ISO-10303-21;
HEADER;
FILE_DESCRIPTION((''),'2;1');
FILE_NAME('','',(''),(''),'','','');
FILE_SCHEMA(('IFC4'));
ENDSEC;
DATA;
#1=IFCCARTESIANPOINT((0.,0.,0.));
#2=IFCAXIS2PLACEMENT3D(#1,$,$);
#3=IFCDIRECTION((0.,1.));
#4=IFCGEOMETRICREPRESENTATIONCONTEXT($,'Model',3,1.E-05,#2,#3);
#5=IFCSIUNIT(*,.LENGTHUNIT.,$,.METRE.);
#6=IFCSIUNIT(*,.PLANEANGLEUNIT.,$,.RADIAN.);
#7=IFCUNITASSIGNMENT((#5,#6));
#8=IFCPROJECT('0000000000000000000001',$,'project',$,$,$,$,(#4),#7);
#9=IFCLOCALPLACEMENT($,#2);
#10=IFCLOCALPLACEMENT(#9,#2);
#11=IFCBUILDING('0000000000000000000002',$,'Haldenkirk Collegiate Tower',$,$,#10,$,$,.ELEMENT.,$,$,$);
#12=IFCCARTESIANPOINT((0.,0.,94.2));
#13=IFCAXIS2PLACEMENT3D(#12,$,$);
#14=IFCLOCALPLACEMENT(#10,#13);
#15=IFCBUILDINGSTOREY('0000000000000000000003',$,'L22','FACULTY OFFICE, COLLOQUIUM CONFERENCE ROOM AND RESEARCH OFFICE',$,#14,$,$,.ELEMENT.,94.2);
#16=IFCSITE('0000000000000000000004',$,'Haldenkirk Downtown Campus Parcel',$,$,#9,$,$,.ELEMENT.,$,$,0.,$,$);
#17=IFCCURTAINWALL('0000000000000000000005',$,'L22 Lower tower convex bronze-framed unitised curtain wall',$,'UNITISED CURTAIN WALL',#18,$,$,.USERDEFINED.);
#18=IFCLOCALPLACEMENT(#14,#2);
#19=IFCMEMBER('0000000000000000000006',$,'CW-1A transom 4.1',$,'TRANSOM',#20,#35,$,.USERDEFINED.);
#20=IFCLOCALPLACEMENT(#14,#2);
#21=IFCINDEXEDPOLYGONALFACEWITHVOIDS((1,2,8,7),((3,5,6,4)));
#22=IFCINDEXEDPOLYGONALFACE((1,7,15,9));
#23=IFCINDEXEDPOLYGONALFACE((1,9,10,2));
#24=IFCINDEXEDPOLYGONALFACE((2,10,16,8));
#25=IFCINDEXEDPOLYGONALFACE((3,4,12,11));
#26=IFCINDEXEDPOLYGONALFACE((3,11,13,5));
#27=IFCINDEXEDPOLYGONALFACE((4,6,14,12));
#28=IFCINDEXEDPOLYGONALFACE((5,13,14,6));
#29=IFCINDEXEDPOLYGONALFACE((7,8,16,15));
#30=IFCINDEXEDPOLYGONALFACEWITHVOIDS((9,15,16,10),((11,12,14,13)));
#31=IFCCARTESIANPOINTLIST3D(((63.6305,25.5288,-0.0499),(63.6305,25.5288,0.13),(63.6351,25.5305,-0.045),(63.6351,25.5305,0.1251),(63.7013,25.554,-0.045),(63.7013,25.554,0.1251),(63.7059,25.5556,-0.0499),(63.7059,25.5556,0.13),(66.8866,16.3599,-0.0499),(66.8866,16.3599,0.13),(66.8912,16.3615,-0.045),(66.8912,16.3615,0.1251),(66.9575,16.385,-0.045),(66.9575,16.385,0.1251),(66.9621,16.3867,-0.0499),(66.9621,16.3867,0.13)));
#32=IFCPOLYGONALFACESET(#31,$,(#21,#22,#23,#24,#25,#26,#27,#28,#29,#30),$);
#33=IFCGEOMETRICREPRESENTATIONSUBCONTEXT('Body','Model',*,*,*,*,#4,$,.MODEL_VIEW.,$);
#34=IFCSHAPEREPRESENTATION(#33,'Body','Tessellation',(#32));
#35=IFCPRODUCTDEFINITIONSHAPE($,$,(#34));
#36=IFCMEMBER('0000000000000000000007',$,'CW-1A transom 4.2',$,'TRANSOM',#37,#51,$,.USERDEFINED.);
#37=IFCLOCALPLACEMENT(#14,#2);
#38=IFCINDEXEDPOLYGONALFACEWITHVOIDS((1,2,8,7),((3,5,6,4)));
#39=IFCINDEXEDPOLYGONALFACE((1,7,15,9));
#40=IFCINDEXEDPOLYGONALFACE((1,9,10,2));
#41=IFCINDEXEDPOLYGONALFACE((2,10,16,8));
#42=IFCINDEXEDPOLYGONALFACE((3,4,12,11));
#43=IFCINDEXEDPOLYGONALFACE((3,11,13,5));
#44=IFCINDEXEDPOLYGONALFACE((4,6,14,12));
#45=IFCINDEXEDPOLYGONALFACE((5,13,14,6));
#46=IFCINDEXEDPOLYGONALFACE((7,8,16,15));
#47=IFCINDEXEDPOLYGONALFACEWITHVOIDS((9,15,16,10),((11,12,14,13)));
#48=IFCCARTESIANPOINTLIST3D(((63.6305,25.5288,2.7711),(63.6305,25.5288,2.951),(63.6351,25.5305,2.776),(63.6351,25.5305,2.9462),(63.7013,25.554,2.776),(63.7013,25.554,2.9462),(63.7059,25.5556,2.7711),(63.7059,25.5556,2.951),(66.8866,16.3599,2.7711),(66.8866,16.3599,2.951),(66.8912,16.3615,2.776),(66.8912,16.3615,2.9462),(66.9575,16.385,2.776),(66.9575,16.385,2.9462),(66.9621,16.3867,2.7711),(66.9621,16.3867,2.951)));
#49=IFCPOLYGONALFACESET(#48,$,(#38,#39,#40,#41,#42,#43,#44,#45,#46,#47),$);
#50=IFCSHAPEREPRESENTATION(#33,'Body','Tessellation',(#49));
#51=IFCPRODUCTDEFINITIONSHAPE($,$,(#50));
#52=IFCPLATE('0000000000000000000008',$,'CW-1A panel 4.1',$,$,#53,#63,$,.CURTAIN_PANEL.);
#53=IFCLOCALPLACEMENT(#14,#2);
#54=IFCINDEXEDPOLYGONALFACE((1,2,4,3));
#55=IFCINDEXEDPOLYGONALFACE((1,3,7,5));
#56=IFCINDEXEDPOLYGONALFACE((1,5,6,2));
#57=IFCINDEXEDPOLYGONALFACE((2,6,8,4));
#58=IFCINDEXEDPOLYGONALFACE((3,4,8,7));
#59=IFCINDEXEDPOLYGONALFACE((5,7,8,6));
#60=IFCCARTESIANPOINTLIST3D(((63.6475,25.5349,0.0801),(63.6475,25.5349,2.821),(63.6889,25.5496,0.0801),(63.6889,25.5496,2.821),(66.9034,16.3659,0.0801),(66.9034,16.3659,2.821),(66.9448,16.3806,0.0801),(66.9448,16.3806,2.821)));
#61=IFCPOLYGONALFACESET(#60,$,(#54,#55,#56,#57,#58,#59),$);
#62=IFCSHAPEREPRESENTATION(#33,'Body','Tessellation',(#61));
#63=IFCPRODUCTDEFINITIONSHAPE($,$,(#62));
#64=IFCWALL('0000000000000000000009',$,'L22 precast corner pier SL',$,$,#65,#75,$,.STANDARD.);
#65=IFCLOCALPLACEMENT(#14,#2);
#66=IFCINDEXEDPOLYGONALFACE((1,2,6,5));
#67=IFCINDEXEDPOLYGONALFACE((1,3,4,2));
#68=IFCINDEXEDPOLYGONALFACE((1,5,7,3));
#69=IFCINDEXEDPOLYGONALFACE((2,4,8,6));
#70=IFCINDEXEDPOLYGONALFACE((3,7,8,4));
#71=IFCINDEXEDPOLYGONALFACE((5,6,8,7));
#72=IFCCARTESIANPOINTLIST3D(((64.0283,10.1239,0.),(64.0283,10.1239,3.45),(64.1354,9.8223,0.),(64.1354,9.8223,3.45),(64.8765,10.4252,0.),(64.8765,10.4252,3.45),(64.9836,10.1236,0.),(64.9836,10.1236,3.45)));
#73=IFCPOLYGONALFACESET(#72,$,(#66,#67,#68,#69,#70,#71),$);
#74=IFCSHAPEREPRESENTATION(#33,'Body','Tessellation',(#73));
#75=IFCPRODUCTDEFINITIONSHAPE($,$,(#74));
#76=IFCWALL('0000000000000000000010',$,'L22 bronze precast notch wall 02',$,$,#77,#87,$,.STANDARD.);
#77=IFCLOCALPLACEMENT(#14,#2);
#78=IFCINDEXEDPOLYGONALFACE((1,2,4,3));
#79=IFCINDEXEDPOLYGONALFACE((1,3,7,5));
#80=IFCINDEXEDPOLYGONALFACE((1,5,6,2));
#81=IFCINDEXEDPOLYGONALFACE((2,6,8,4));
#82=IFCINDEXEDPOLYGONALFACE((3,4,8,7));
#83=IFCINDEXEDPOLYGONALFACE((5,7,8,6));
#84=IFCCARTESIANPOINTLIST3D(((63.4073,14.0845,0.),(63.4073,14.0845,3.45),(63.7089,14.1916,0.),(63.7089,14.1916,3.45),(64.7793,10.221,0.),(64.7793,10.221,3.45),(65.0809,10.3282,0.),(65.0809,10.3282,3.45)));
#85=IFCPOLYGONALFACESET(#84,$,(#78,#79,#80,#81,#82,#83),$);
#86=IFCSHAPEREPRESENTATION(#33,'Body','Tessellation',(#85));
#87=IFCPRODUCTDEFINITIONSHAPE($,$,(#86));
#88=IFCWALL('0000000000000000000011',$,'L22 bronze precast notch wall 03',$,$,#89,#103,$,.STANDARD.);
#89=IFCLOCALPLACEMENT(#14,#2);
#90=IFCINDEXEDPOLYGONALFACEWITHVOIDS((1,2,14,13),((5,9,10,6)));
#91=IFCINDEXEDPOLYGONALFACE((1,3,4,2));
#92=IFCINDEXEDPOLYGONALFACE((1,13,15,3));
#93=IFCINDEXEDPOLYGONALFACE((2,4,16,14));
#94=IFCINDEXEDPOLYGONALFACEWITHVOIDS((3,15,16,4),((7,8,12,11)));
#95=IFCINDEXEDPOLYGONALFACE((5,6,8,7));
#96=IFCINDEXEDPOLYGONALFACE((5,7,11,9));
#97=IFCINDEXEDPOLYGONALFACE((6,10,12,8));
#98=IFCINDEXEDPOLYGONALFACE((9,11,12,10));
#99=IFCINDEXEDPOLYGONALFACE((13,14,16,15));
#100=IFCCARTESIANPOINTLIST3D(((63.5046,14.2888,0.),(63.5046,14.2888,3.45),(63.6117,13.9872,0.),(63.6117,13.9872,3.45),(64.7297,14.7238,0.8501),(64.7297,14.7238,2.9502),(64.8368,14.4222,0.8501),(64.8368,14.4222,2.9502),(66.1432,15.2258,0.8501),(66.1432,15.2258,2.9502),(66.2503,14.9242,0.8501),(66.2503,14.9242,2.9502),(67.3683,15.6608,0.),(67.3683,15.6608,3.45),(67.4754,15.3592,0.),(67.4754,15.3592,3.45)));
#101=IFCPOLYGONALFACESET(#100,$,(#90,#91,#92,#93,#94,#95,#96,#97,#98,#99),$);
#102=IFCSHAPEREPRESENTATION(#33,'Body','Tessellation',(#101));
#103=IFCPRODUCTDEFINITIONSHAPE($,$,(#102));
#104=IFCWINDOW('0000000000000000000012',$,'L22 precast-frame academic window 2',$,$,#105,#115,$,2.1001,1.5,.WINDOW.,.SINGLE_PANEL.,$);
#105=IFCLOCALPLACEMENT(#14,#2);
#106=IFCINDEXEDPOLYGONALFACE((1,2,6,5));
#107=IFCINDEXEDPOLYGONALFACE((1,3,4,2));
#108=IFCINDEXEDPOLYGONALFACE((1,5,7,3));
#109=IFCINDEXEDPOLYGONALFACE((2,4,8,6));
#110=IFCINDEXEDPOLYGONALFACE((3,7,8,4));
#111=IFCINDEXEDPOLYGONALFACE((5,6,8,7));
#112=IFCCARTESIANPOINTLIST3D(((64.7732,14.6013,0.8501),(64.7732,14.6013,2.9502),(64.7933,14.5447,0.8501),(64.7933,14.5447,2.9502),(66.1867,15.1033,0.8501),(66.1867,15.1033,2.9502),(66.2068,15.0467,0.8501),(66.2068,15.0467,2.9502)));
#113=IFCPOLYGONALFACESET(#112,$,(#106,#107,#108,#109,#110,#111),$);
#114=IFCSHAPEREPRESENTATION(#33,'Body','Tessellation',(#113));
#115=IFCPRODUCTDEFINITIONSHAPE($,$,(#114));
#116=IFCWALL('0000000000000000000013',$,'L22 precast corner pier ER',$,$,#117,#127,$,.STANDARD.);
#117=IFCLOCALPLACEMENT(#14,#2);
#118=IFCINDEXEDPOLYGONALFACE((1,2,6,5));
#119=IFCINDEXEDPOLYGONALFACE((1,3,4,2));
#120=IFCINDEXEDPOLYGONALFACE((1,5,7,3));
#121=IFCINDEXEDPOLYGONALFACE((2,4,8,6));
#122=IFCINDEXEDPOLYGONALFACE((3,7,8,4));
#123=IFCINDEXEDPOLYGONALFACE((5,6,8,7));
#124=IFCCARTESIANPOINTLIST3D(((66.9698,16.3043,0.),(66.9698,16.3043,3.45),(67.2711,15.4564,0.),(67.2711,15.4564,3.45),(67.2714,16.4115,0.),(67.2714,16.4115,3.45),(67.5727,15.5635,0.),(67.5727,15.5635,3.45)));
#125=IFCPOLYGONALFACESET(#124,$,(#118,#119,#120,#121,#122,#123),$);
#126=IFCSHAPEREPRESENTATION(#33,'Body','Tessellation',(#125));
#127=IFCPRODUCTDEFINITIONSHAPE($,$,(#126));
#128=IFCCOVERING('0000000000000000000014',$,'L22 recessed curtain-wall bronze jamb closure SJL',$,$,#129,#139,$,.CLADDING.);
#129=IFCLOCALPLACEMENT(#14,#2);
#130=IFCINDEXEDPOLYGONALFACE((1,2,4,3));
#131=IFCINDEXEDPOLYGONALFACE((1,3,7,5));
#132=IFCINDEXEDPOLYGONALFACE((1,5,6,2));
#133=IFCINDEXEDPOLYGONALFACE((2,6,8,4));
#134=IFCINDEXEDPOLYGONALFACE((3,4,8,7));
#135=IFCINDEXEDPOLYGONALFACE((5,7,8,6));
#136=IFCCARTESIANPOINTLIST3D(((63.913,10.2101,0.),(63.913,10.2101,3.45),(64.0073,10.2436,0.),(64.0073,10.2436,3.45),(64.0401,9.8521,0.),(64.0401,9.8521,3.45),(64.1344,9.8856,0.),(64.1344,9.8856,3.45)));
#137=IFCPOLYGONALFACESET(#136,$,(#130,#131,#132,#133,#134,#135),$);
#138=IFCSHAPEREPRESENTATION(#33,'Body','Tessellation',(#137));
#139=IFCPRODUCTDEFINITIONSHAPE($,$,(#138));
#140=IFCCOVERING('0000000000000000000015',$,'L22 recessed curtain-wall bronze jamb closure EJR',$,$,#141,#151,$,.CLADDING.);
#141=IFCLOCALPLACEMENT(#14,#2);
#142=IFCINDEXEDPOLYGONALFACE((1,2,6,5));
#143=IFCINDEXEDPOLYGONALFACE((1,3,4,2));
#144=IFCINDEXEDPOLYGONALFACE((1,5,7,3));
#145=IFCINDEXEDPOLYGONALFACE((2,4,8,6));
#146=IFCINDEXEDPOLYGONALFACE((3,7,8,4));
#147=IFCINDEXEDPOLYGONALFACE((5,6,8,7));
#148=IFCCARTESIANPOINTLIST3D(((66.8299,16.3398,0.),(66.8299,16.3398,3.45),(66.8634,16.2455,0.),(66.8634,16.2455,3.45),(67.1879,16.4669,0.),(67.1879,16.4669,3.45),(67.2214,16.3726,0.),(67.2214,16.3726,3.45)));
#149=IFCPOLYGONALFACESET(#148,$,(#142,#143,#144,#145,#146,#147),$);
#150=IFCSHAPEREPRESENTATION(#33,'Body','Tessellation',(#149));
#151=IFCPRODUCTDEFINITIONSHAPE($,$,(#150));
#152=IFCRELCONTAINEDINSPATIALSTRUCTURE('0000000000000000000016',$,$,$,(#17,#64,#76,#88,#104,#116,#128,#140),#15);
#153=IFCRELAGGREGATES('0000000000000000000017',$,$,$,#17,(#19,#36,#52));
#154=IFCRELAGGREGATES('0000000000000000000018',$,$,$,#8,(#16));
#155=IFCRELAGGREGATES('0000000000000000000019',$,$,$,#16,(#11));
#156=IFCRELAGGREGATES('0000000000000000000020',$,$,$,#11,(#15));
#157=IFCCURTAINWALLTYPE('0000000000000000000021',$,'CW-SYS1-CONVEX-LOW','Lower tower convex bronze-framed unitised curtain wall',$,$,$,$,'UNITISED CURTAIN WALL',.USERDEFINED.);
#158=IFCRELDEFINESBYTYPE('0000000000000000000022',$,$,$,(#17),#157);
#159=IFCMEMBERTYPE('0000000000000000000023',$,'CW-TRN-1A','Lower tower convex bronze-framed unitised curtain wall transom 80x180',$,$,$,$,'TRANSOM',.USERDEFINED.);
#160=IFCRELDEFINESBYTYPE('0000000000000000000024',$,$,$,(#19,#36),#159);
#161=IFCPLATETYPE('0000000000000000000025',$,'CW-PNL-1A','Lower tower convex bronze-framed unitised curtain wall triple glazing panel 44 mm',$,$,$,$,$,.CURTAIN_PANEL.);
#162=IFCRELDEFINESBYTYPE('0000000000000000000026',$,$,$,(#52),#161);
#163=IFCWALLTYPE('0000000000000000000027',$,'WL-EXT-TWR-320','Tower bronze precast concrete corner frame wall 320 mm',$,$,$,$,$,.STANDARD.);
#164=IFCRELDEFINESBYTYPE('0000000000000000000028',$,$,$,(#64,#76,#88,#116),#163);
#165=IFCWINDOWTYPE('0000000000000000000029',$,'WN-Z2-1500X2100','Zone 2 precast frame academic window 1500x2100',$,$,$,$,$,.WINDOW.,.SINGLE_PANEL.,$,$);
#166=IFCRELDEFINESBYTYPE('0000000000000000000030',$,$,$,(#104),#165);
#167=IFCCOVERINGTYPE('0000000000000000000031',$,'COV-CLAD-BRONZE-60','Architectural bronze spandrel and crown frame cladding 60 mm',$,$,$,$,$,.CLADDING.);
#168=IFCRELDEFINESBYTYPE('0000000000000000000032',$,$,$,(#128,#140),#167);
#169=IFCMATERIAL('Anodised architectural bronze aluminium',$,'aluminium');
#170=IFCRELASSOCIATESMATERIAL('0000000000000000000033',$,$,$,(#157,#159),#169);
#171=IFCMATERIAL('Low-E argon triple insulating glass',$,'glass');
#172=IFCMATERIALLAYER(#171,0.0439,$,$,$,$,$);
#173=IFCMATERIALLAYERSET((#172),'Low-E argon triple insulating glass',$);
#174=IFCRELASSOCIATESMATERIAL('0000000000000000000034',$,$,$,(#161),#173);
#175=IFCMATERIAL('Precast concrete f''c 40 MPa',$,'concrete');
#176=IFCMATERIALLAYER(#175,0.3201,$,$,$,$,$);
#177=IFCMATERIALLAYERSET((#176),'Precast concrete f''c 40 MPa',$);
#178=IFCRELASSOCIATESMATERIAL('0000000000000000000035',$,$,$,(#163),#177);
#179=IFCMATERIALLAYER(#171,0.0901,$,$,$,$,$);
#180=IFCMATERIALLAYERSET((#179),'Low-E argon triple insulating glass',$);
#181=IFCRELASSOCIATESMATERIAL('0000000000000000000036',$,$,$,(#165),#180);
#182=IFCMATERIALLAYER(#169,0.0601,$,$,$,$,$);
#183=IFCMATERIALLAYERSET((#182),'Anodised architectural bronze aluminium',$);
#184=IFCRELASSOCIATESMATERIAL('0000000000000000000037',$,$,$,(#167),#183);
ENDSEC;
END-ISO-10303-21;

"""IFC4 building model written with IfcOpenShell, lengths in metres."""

from ifc_helpers import new_model, si_unit, direction, frame, frame_2d, origin, origin_2d, place, context, subcontext, project, spatial, rectangle, hollow_rectangle, extrude, source, transform, mapped, material, layer, layer_set, material_profile, profile_set, type_object, element, fill, aggregate, save


model = new_model("IFC4")

# Units and contexts
model_context = context("Model", 3, precision=1e-05, world=origin(), true_north=direction((0.0, 1.0)))
body_context = subcontext(model_context, "Body", "Model", "MODEL_VIEW")
ifc_project = project(units=[si_unit("LENGTHUNIT", "METRE"), si_unit("PLANEANGLEUNIT", "RADIAN")], contexts=[model_context])

# Site, building, storey
site_placement = place(None, origin())
site = spatial("IfcSite", under=ifc_project, at=site_placement, Name="Haldenkirk Downtown Campus Parcel", CompositionType="ELEMENT", RefElevation=0.0)
building_placement = place(site_placement, origin())
building = spatial("IfcBuilding", under=site, at=building_placement, Name="Haldenkirk Collegiate Tower", CompositionType="ELEMENT")
storey_placement = place(building_placement, frame((0.0, 0.0, 94.2)))
storey = spatial("IfcBuildingStorey", under=building, at=storey_placement, Name="L22", Description="FACULTY OFFICE, COLLOQUIUM CONFERENCE ROOM AND RESEARCH OFFICE", CompositionType="ELEMENT", Elevation=94.2)

# Curtain wall
ifc_material_1 = material(Name="Anodised architectural bronze aluminium", Category="aluminium")
curtain_wall_type_1 = type_object("IfcCurtainWallType", Name="CW-SYS1-CONVEX-LOW", Description="Lower tower convex bronze-framed unitised curtain wall", ElementType="UNITISED CURTAIN WALL", PredefinedType="USERDEFINED", material=ifc_material_1)
curtain_wall_1_placement = place(storey_placement, origin())
curtain_wall_1 = element("IfcCurtainWall", 1, at=curtain_wall_1_placement, inside=storey, type_object=curtain_wall_type_1, Name="L22 Lower tower convex bronze-framed unitised curtain wall", ObjectType="UNITISED CURTAIN WALL", PredefinedType="USERDEFINED")

# Members
ifc_material_profile_1 = material_profile(ifc_material_1, hollow_rectangle(XDim=0.0801, YDim=0.1799, WallThickness=0.0049, at=origin_2d()), Name="CW-TRN-1A")
ifc_profile_set_1 = profile_set([ifc_material_profile_1], Name="Anodised architectural bronze aluminium")
member_type_1 = type_object("IfcMemberType", Name="CW-TRN-1A", Description="Lower tower convex bronze-framed unitised curtain wall transom 80x180", ElementType="TRANSOM", PredefinedType="USERDEFINED", material=ifc_profile_set_1)
member_1_placement = place(storey_placement, frame((63.6682, 25.5422, 0.04), z_axis=(0.334648, -0.942343, 0.0), x_axis=(0.942343, 0.334648, 0.0)))
member_1 = element("IfcMember", 2, at=member_1_placement, type_object=member_type_1, Name="CW-1A transom 4.1", ObjectType="TRANSOM", PredefinedType="USERDEFINED", context=body_context, shape_type="SweptSolid", body=[
    extrude(hollow_rectangle(XDim=0.0801, YDim=0.1799, WallThickness=0.0049, at=origin_2d()), origin(), (0.0, 0.0, 1.0), 9.73),
])
member_2_placement = place(storey_placement, frame((63.6682, 25.5422, 2.8611), z_axis=(0.334648, -0.942343, 0.0), x_axis=(0.942343, 0.334648, 0.0)))
member_2 = element("IfcMember", 3, at=member_2_placement, type_object=member_type_1, Name="CW-1A transom 4.2", ObjectType="TRANSOM", PredefinedType="USERDEFINED", context=body_context, shape_type="SweptSolid", body=[
    extrude(hollow_rectangle(XDim=0.0801, YDim=0.1799, WallThickness=0.0049, at=origin_2d()), origin(), (0.0, 0.0, 1.0), 9.73),
])

# Plate
ifc_material_2 = material(Name="Low-E argon triple insulating glass", Category="glass")
ifc_layer_1 = layer(ifc_material_2, 0.0439)
ifc_layer_set_1 = layer_set([ifc_layer_1], Name="Low-E argon triple insulating glass")
plate_type = type_object("IfcPlateType", Name="CW-PNL-1A", Description="Lower tower convex bronze-framed unitised curtain wall triple glazing panel 44 mm", PredefinedType="CURTAIN_PANEL", material=ifc_layer_set_1)
shared_shape_1 = source(origin(), body_context, "Body", "SweptSolid", [
    extrude(rectangle(XDim=9.73, YDim=0.0439, at=origin_2d()), origin(), (0.0, 0.0, 1.0), 2.741),
])
plate_placement = place(storey_placement, frame((65.2961, 20.9578, 0.0801), z_axis=(0.0, 0.0, 1.0), x_axis=(0.334629, -0.94235, 0.0)))
plate = element("IfcPlate", 4, at=plate_placement, type_object=plate_type, Name="CW-1A panel 4.1", PredefinedType="CURTAIN_PANEL", context=body_context, shape_type="MappedRepresentation", body=[
    mapped(shared_shape_1, transform((0.0, 0.0, 0.0), x_axis=(1.0, 0.0, 0.0), y_axis=(0.0, 1.0, 0.0), z_axis=(0.0, 0.0, 1.0), scale=1.0)),
])
aggregate(curtain_wall_1, [member_1, member_2, plate])

# Walls
ifc_material_3 = material(Name="Precast concrete f'c 40 MPa", Category="concrete")
ifc_layer_2 = layer(ifc_material_3, 0.3201)
ifc_layer_set_2 = layer_set([ifc_layer_2], Name="Precast concrete f'c 40 MPa")
wall_type = type_object("IfcWallType", Name="WL-EXT-TWR-320", Description="Tower bronze precast concrete corner frame wall 320 mm", PredefinedType="STANDARD", material=ifc_layer_set_2)
wall_1_placement = place(storey_placement, frame((64.9302, 10.2744, 0.0), z_axis=(0.0, 0.0, 1.0), x_axis=(-0.942317, -0.334721, 0.0)))
element("IfcWall", 5, at=wall_1_placement, inside=storey, type_object=wall_type, Name="L22 precast corner pier SL", PredefinedType="STANDARD", context=body_context, shape_type="SweptSolid", body=[
    extrude(rectangle(XDim=0.9001, YDim=0.3201, at=frame_2d((0.4502, 0.0))), origin(), (0.0, 0.0, 1.0), 3.45),
])
wall_2_placement = place(storey_placement, frame((63.5581, 14.1379, 0.0), z_axis=(0.0, 0.0, 1.0), x_axis=(0.334657, -0.94234, 0.0)))
element("IfcWall", 6, at=wall_2_placement, inside=storey, type_object=wall_type, Name="L22 bronze precast notch wall 02", PredefinedType="STANDARD", context=body_context, shape_type="SweptSolid", body=[
    extrude(rectangle(XDim=4.0999, YDim=0.3201, at=frame_2d((2.0498, 0.0))), origin(), (0.0, 0.0, 1.0), 3.45),
])

# Wall, opening, window
wall_3_placement = place(storey_placement, frame((67.4219, 15.51, 0.0), z_axis=(0.0, 0.0, 1.0), x_axis=(-0.942347, -0.334638, 0.0)))
wall_3 = element("IfcWall", 7, at=wall_3_placement, inside=storey, type_object=wall_type, Name="L22 bronze precast notch wall 03", PredefinedType="STANDARD", context=body_context, shape_type="SweptSolid", body=[
    extrude(rectangle(XDim=4.1001, YDim=0.3201, at=frame_2d((2.05, 0.0))), origin(), (0.0, 0.0, 1.0), 3.45),
])
opening_placement = place(wall_3_placement, frame((1.3, 0.0, 0.8501)))
opening = element("IfcOpeningElement", 8, at=opening_placement, cuts=wall_3, PredefinedType="OPENING", context=body_context, shape_type="SweptSolid", body=[
    extrude(rectangle(XDim=1.5, YDim=2.1001, at=frame_2d((0.75, 1.05))), frame((0.0, 0.1699, 0.0), z_axis=(0.0, -1.0, 0.0), x_axis=(1.0, 0.0, 0.0)), (0.0, 0.0, 1.0), 0.3401),
])
ifc_layer_3 = layer(ifc_material_2, 0.0901)
ifc_layer_set_3 = layer_set([ifc_layer_3], Name="Low-E argon triple insulating glass")
window_type = type_object("IfcWindowType", Name="WN-Z2-1500X2100", Description="Zone 2 precast frame academic window 1500x2100", PartitioningType="SINGLE_PANEL", PredefinedType="WINDOW", material=ifc_layer_set_3)
window_placement = place(opening_placement, origin())
window = element("IfcWindow", 9, at=window_placement, inside=storey, type_object=window_type, Name="L22 precast-frame academic window 2", OverallHeight=2.1001, OverallWidth=1.5, PartitioningType="SINGLE_PANEL", PredefinedType="WINDOW", context=body_context, shape_type="SweptSolid", body=[
    extrude(rectangle(XDim=1.5, YDim=2.1001, at=frame_2d((0.75, 1.05))), frame((0.0, 0.03, 0.0), z_axis=(0.0, -1.0, 0.0), x_axis=(1.0, 0.0, 0.0)), (0.0, 0.0, 1.0), 0.0601),
])
fill(opening, window)

# Wall
wall_4_placement = place(storey_placement, frame((67.1206, 16.3579, 0.0), z_axis=(0.0, 0.0, 1.0), x_axis=(0.334806, -0.942287, 0.0)))
element("IfcWall", 10, at=wall_4_placement, inside=storey, type_object=wall_type, Name="L22 precast corner pier ER", PredefinedType="STANDARD", context=body_context, shape_type="SweptSolid", body=[
    extrude(rectangle(XDim=0.8999, YDim=0.3201, at=frame_2d((0.45, 0.0))), origin(), (0.0, 0.0, 1.0), 3.45),
])

# Coverings
ifc_layer_4 = layer(ifc_material_1, 0.0601)
ifc_layer_set_4 = layer_set([ifc_layer_4], Name="Anodised architectural bronze aluminium")
covering_type = type_object("IfcCoveringType", Name="COV-CLAD-BRONZE-60", Description="Architectural bronze spandrel and crown frame cladding 60 mm", PredefinedType="CLADDING", material=ifc_layer_set_4)
shared_shape_2 = source(origin(), body_context, "Body", "SweptSolid", [
    extrude(rectangle(XDim=0.1001, YDim=0.3799, at=origin_2d()), origin(), (0.0, 0.0, 1.0), 3.45),
])
for number, where, z_axis, x_axis, name in (
    (11, (64.0237, 10.0479, 0.0), (0.0, 0.0, 1.0), (-0.94235, -0.334629, 0.0), "L22 recessed curtain-wall bronze jamb closure SJL"),
    (12, (67.0256, 16.3562, 0.0), (0.0, 0.0, 1.0), (0.334629, -0.94235, 0.0), "L22 recessed curtain-wall bronze jamb closure EJR"),
):
    element("IfcCovering", number, at=place(storey_placement, frame(where, z_axis=z_axis, x_axis=x_axis)), inside=storey, type_object=covering_type, Name=name, PredefinedType="CLADDING", context=body_context, shape_type="MappedRepresentation", body=[
        mapped(shared_shape_2, transform((0.0, 0.0, 0.0), x_axis=(1.0, 0.0, 0.0), y_axis=(0.0, 1.0, 0.0), z_axis=(0.0, 0.0, 1.0), scale=1.0)),
    ])

save(model, "model.ifc")
